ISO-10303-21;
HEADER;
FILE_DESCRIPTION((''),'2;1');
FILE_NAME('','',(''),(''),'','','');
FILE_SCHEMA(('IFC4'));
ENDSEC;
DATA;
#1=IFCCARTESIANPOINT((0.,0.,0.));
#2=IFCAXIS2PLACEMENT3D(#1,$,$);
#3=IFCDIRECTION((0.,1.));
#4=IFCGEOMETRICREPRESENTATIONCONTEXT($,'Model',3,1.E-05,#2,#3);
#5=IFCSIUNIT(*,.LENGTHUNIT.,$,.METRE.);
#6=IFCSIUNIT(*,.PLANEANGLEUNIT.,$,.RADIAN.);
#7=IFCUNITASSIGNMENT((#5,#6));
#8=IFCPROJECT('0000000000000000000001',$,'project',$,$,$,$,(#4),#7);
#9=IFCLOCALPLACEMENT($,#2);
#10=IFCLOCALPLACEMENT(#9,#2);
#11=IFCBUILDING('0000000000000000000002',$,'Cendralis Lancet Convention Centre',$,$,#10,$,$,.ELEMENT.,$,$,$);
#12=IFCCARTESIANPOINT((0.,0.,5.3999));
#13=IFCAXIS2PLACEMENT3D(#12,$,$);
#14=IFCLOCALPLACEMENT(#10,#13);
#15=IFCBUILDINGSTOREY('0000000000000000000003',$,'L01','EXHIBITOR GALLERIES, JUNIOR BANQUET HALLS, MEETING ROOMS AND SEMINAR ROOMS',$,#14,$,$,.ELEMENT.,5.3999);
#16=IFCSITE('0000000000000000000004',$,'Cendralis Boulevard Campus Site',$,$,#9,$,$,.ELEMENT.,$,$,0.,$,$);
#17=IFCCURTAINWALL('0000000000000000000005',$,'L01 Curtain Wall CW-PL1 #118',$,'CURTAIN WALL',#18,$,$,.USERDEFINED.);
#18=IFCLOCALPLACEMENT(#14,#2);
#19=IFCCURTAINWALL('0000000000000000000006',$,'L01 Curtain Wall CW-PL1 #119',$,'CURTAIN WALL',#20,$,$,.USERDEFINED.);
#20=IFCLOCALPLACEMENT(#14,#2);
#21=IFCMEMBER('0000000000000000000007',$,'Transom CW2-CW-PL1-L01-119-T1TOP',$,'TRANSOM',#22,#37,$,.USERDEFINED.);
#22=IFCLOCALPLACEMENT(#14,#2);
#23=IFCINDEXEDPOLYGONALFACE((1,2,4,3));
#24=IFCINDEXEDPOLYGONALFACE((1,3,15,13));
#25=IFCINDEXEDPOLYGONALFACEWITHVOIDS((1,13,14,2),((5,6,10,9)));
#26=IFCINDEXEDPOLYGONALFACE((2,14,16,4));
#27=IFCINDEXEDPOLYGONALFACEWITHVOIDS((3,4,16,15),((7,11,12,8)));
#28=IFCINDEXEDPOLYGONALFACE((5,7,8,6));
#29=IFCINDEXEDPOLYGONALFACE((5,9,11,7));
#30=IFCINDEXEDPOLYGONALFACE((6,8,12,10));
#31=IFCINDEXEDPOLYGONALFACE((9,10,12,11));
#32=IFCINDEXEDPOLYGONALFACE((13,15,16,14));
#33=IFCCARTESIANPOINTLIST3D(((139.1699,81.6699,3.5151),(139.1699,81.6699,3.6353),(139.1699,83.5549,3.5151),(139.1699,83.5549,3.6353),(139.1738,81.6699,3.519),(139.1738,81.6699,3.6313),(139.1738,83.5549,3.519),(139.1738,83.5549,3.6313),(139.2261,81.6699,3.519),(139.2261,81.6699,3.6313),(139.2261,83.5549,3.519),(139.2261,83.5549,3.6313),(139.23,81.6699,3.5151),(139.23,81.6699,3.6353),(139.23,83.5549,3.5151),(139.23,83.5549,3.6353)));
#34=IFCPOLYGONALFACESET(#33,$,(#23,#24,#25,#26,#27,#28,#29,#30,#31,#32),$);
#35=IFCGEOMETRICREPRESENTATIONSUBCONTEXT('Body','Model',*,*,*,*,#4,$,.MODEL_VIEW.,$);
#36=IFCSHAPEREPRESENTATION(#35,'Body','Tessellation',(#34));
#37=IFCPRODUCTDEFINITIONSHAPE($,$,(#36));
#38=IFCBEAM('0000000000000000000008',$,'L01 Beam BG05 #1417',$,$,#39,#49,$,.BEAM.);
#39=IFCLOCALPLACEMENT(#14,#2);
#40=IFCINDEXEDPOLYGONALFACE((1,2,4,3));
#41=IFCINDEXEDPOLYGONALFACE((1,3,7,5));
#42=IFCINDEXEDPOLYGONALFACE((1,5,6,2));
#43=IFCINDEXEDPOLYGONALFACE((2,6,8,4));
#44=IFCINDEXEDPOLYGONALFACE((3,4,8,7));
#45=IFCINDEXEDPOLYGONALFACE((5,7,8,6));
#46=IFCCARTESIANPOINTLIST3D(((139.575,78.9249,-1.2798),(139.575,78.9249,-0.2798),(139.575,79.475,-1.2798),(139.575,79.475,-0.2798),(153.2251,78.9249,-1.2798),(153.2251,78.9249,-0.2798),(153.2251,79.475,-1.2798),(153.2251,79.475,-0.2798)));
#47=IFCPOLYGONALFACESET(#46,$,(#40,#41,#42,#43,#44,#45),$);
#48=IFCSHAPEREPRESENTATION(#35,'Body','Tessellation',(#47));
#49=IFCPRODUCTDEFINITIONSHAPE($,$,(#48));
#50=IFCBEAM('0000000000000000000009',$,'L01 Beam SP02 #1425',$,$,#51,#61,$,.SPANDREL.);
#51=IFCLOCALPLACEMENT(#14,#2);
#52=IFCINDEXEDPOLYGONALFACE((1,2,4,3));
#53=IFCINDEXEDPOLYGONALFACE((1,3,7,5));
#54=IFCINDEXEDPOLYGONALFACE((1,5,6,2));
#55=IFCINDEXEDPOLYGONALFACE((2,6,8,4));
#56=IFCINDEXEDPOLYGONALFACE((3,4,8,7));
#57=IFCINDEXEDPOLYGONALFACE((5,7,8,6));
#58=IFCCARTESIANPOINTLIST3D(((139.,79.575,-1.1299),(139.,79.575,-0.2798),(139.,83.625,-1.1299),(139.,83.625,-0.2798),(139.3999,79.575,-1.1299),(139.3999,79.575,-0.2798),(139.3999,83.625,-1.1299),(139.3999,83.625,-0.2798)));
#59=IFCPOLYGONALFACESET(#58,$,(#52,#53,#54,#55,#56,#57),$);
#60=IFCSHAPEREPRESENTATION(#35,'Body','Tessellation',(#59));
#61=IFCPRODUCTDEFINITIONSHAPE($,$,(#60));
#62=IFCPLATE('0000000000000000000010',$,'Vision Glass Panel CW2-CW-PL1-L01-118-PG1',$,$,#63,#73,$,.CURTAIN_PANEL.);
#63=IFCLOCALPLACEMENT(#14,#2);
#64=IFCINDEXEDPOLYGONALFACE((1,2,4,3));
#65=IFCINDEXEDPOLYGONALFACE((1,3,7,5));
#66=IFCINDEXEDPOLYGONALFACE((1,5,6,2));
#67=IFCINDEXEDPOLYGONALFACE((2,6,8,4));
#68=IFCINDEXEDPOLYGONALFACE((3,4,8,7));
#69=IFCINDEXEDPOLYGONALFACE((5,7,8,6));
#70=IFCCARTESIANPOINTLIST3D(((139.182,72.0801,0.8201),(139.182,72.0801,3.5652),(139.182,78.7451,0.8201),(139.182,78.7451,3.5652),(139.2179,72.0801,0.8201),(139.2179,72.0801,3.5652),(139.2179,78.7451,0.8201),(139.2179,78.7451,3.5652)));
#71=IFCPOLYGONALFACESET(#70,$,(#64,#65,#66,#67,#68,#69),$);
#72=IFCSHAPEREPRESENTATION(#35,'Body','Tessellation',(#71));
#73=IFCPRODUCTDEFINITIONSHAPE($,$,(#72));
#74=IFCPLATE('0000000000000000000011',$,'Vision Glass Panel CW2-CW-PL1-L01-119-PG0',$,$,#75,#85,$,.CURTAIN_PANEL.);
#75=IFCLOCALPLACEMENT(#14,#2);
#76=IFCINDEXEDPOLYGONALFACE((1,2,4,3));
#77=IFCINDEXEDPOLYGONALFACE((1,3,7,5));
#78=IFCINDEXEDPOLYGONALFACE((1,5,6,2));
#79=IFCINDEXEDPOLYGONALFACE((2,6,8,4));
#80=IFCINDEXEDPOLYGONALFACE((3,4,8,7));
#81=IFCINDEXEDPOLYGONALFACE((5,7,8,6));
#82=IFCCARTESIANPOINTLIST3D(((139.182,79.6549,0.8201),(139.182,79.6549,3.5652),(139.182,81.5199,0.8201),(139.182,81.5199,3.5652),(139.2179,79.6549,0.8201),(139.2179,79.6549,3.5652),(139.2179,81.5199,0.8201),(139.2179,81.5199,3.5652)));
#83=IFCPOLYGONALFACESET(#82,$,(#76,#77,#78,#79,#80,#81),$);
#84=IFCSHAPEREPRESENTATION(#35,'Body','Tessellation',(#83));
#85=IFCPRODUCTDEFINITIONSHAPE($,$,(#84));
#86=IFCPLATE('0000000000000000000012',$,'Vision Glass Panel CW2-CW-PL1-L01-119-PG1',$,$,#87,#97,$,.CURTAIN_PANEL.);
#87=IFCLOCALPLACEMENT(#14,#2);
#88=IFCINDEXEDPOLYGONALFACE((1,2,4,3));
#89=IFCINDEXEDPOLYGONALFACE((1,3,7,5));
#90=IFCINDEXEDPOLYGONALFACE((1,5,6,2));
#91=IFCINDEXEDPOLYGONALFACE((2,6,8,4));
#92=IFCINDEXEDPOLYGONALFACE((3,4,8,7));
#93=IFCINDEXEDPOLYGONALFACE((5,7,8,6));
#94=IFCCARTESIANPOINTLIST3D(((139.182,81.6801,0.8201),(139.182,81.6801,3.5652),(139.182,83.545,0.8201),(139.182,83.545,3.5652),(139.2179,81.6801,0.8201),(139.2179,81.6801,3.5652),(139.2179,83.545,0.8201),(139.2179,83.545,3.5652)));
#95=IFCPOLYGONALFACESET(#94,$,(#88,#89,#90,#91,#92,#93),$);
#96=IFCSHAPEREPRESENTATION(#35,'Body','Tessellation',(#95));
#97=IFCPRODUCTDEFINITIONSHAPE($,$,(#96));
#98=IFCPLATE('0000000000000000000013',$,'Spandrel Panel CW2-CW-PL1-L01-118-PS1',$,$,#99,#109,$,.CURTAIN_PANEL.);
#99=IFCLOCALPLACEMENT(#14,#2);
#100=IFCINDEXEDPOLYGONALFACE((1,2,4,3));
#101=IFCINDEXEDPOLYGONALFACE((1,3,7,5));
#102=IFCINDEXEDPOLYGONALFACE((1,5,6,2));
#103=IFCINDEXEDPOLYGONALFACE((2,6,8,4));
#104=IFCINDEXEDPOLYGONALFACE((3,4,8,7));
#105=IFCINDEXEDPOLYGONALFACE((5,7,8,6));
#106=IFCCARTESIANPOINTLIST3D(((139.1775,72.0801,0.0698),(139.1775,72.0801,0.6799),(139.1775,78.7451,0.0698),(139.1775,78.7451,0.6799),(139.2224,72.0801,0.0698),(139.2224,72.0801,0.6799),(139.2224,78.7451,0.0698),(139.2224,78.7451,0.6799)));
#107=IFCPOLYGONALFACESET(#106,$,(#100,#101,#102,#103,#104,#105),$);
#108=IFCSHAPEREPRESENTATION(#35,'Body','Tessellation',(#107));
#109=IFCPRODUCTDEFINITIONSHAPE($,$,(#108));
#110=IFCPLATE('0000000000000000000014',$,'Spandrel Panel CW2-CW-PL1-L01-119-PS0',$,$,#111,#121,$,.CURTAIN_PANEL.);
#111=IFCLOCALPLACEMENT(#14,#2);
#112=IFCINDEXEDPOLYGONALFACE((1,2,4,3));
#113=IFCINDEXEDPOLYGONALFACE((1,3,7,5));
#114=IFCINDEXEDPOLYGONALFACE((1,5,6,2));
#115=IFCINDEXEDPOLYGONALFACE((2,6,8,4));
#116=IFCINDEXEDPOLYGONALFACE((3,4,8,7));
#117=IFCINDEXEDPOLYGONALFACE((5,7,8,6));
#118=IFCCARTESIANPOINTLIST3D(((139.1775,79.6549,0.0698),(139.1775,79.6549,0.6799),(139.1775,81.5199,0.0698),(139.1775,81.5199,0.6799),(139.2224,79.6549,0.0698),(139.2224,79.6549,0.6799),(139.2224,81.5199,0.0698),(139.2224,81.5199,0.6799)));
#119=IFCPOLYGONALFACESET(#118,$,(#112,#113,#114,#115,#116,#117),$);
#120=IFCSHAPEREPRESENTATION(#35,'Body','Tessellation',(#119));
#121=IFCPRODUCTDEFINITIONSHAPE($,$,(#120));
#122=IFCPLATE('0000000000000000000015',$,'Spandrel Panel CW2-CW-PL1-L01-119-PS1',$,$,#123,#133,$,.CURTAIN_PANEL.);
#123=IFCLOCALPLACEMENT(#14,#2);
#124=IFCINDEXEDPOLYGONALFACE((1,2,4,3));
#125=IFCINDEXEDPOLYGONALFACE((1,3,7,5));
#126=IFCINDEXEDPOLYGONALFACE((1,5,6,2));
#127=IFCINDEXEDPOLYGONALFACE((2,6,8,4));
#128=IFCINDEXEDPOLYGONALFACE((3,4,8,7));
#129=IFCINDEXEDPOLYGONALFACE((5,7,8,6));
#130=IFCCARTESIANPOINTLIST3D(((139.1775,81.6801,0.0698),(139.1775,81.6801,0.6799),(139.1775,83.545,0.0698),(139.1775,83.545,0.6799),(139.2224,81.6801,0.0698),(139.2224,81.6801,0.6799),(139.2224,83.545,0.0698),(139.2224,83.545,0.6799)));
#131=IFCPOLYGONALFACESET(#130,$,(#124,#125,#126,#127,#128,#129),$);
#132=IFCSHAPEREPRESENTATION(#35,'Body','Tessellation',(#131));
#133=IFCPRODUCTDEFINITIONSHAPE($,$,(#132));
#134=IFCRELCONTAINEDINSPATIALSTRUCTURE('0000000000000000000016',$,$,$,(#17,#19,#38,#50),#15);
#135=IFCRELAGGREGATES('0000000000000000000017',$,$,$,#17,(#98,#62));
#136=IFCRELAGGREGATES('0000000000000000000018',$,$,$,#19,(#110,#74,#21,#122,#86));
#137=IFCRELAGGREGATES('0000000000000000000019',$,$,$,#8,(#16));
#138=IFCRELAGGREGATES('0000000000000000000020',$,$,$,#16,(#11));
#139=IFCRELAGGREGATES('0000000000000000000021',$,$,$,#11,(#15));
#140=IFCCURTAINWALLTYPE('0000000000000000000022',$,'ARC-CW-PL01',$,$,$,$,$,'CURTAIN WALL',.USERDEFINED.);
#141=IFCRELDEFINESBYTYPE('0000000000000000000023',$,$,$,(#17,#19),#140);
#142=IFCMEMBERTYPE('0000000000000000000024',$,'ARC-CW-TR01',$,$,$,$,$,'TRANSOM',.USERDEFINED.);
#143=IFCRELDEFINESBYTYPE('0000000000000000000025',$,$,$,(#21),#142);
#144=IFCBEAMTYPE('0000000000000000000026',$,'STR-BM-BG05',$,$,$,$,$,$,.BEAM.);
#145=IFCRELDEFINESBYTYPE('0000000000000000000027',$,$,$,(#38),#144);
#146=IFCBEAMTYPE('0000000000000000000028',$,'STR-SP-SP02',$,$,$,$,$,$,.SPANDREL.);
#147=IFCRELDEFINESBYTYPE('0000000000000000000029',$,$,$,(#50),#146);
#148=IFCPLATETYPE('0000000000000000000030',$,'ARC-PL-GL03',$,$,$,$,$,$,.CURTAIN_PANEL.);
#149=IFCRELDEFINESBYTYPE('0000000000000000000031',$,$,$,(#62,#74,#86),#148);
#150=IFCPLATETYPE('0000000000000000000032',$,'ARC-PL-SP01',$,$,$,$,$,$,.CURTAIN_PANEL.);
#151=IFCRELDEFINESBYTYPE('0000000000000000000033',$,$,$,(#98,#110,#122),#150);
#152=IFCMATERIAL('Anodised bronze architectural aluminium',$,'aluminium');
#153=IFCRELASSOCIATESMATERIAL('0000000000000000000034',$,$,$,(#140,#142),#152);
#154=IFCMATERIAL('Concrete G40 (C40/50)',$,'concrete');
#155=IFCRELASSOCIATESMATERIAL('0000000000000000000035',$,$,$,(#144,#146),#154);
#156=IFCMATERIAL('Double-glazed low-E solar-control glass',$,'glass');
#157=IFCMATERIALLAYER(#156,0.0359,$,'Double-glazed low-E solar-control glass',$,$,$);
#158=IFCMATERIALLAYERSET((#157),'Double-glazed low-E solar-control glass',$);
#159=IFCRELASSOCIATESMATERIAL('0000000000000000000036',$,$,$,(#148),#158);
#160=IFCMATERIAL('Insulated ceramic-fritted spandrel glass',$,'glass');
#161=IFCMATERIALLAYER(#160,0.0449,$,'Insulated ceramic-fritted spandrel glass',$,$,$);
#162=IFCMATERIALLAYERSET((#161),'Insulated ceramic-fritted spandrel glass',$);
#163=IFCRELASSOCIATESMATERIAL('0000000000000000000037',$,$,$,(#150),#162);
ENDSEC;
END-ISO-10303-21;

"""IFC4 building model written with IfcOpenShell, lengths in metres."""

from ifc_helpers import new_model, si_unit, direction, frame, origin, origin_2d, place, context, subcontext, project, spatial, rectangle, hollow_rectangle, extrude, material, layer, layer_set, material_profile, profile_set, type_object, element, aggregate, save


model = new_model("IFC4")

# Units and contexts
model_context = context("Model", 3, precision=1e-05, world=origin(), true_north=direction((0.0, 1.0)))
body_context = subcontext(model_context, "Body", "Model", "MODEL_VIEW")
ifc_project = project(units=[si_unit("LENGTHUNIT", "METRE"), si_unit("PLANEANGLEUNIT", "RADIAN")], contexts=[model_context])

# Site, building, storey
site_placement = place(None, origin())
site = spatial("IfcSite", under=ifc_project, at=site_placement, Name="Cendralis Boulevard Campus Site", CompositionType="ELEMENT", RefElevation=0.0)
building_placement = place(site_placement, origin())
building = spatial("IfcBuilding", under=site, at=building_placement, Name="Cendralis Lancet Convention Centre", CompositionType="ELEMENT")
storey_placement = place(building_placement, frame((0.0, 0.0, 5.3999)))
storey = spatial("IfcBuildingStorey", under=building, at=storey_placement, Name="L01", Description="EXHIBITOR GALLERIES, JUNIOR BANQUET HALLS, MEETING ROOMS AND SEMINAR ROOMS", CompositionType="ELEMENT", Elevation=5.3999)

# Shared definitions
ifc_material_1 = material(Name="Concrete G40 (C40/50)", Category="concrete")

# Curtain wall
ifc_material_2 = material(Name="Anodised bronze architectural aluminium", Category="aluminium")
curtain_wall_type = type_object("IfcCurtainWallType", Name="ARC-CW-PL01", ElementType="CURTAIN WALL", PredefinedType="USERDEFINED", material=ifc_material_2)
curtain_wall_1_placement = place(storey_placement, origin())
curtain_wall_1 = element("IfcCurtainWall", 1, at=curtain_wall_1_placement, inside=storey, type_object=curtain_wall_type, Name="L01 Curtain Wall CW-PL1 #118", ObjectType="CURTAIN WALL", PredefinedType="USERDEFINED")

# Curtain wall, member
curtain_wall_2_placement = place(storey_placement, origin())
curtain_wall_2 = element("IfcCurtainWall", 2, at=curtain_wall_2_placement, inside=storey, type_object=curtain_wall_type, Name="L01 Curtain Wall CW-PL1 #119", ObjectType="CURTAIN WALL", PredefinedType="USERDEFINED")
ifc_material_profile_1 = material_profile(ifc_material_2, hollow_rectangle(XDim=0.0601, YDim=0.1201, WallThickness=0.0039, at=origin_2d()), Name="AL-TRAN 60x120x4.0")
ifc_profile_set_1 = profile_set([ifc_material_profile_1], Name="Anodised bronze architectural aluminium")
member_type_1 = type_object("IfcMemberType", Name="ARC-CW-TR01", ElementType="TRANSOM", PredefinedType="USERDEFINED", material=ifc_profile_set_1)
member_1_placement = place(storey_placement, frame((139.2, 81.6699, 3.5752), z_axis=(0.0, 1.0, 0.0), x_axis=(-1.0, 0.0, 0.0)))
member_1 = element("IfcMember", 3, at=member_1_placement, type_object=member_type_1, Name="Transom CW2-CW-PL1-L01-119-T1TOP", ObjectType="TRANSOM", PredefinedType="USERDEFINED", context=body_context, shape_type="SweptSolid", body=[
    extrude(hollow_rectangle(XDim=0.0601, YDim=0.1201, WallThickness=0.0039, at=origin_2d()), origin(), (0.0, 0.0, 1.0), 1.885),
])

# Beams
ifc_material_profile_2 = material_profile(ifc_material_1, rectangle(XDim=0.55, YDim=1.0, at=origin_2d()), Name="RCB 550x1000")
ifc_profile_set_2 = profile_set([ifc_material_profile_2], Name="Concrete G40 (C40/50)")
beam_type_1 = type_object("IfcBeamType", Name="STR-BM-BG05", PredefinedType="BEAM", material=ifc_profile_set_2)
beam_1_placement = place(storey_placement, frame((139.575, 79.2, -0.7798), z_axis=(1.0, 0.0, 0.0), x_axis=(0.0, 1.0, 0.0)))
element("IfcBeam", 4, at=beam_1_placement, inside=storey, type_object=beam_type_1, Name="L01 Beam BG05 #1417", PredefinedType="BEAM", context=body_context, shape_type="SweptSolid", body=[
    extrude(rectangle(XDim=0.55, YDim=1.0, at=origin_2d()), origin(), (0.0, 0.0, 1.0), 13.6501),
])
ifc_material_profile_3 = material_profile(ifc_material_1, rectangle(XDim=0.3999, YDim=0.8501, at=origin_2d()), Name="RCB 400x850")
ifc_profile_set_3 = profile_set([ifc_material_profile_3], Name="Concrete G40 (C40/50)")
beam_type_2 = type_object("IfcBeamType", Name="STR-SP-SP02", PredefinedType="SPANDREL", material=ifc_profile_set_3)
beam_2_placement = place(storey_placement, frame((139.2, 79.575, -0.7048), z_axis=(0.0, 1.0, 0.0), x_axis=(-1.0, 0.0, 0.0)))
element("IfcBeam", 5, at=beam_2_placement, inside=storey, type_object=beam_type_2, Name="L01 Beam SP02 #1425", PredefinedType="SPANDREL", context=body_context, shape_type="SweptSolid", body=[
    extrude(rectangle(XDim=0.3999, YDim=0.8501, at=origin_2d()), origin(), (0.0, 0.0, 1.0), 4.05),
])

# Plates
ifc_material_3 = material(Name="Double-glazed low-E solar-control glass", Category="glass")
ifc_layer_1 = layer(ifc_material_3, 0.0359, Name="Double-glazed low-E solar-control glass")
ifc_layer_set_1 = layer_set([ifc_layer_1], Name="Double-glazed low-E solar-control glass")
plate_type_1 = type_object("IfcPlateType", Name="ARC-PL-GL03", PredefinedType="CURTAIN_PANEL", material=ifc_layer_set_1)
plate_1_placement = place(storey_placement, frame((139.2, 75.4126, 0.8201), z_axis=(0.0, 0.0, 1.0), x_axis=(0.0, 1.0, 0.0)))
plate_1 = element("IfcPlate", 6, at=plate_1_placement, type_object=plate_type_1, Name="Vision Glass Panel CW2-CW-PL1-L01-118-PG1", PredefinedType="CURTAIN_PANEL", context=body_context, shape_type="SweptSolid", body=[
    extrude(rectangle(XDim=6.665, YDim=0.0359, at=origin_2d()), origin(), (0.0, 0.0, 1.0), 2.7451),
])
plate_2_placement = place(storey_placement, frame((139.2, 80.5874, 0.8201), z_axis=(0.0, 0.0, 1.0), x_axis=(0.0, 1.0, 0.0)))
plate_2 = element("IfcPlate", 7, at=plate_2_placement, type_object=plate_type_1, Name="Vision Glass Panel CW2-CW-PL1-L01-119-PG0", PredefinedType="CURTAIN_PANEL", context=body_context, shape_type="SweptSolid", body=[
    extrude(rectangle(XDim=1.865, YDim=0.0359, at=origin_2d()), origin(), (0.0, 0.0, 1.0), 2.7451),
])
plate_3_placement = place(storey_placement, frame((139.2, 82.6125, 0.8201), z_axis=(0.0, 0.0, 1.0), x_axis=(0.0, 1.0, 0.0)))
plate_3 = element("IfcPlate", 8, at=plate_3_placement, type_object=plate_type_1, Name="Vision Glass Panel CW2-CW-PL1-L01-119-PG1", PredefinedType="CURTAIN_PANEL", context=body_context, shape_type="SweptSolid", body=[
    extrude(rectangle(XDim=1.865, YDim=0.0359, at=origin_2d()), origin(), (0.0, 0.0, 1.0), 2.7451),
])
ifc_material_4 = material(Name="Insulated ceramic-fritted spandrel glass", Category="glass")
ifc_layer_2 = layer(ifc_material_4, 0.0449, Name="Insulated ceramic-fritted spandrel glass")
ifc_layer_set_2 = layer_set([ifc_layer_2], Name="Insulated ceramic-fritted spandrel glass")
plate_type_2 = type_object("IfcPlateType", Name="ARC-PL-SP01", PredefinedType="CURTAIN_PANEL", material=ifc_layer_set_2)
plate_4_placement = place(storey_placement, frame((139.2, 75.4126, 0.0698), z_axis=(0.0, 0.0, 1.0), x_axis=(0.0, 1.0, 0.0)))
plate_4 = element("IfcPlate", 9, at=plate_4_placement, type_object=plate_type_2, Name="Spandrel Panel CW2-CW-PL1-L01-118-PS1", PredefinedType="CURTAIN_PANEL", context=body_context, shape_type="SweptSolid", body=[
    extrude(rectangle(XDim=6.665, YDim=0.0449, at=origin_2d()), origin(), (0.0, 0.0, 1.0), 0.6101),
])
aggregate(curtain_wall_1, [plate_4, plate_1])
plate_5_placement = place(storey_placement, frame((139.2, 80.5874, 0.0698), z_axis=(0.0, 0.0, 1.0), x_axis=(0.0, 1.0, 0.0)))
plate_5 = element("IfcPlate", 10, at=plate_5_placement, type_object=plate_type_2, Name="Spandrel Panel CW2-CW-PL1-L01-119-PS0", PredefinedType="CURTAIN_PANEL", context=body_context, shape_type="SweptSolid", body=[
    extrude(rectangle(XDim=1.865, YDim=0.0449, at=origin_2d()), origin(), (0.0, 0.0, 1.0), 0.6101),
])
plate_6_placement = place(storey_placement, frame((139.2, 82.6125, 0.0698), z_axis=(0.0, 0.0, 1.0), x_axis=(0.0, 1.0, 0.0)))
plate_6 = element("IfcPlate", 11, at=plate_6_placement, type_object=plate_type_2, Name="Spandrel Panel CW2-CW-PL1-L01-119-PS1", PredefinedType="CURTAIN_PANEL", context=body_context, shape_type="SweptSolid", body=[
    extrude(rectangle(XDim=1.865, YDim=0.0449, at=origin_2d()), origin(), (0.0, 0.0, 1.0), 0.6101),
])
aggregate(curtain_wall_2, [plate_5, plate_2, member_1, plate_6, plate_3])

save(model, "model.ifc")
